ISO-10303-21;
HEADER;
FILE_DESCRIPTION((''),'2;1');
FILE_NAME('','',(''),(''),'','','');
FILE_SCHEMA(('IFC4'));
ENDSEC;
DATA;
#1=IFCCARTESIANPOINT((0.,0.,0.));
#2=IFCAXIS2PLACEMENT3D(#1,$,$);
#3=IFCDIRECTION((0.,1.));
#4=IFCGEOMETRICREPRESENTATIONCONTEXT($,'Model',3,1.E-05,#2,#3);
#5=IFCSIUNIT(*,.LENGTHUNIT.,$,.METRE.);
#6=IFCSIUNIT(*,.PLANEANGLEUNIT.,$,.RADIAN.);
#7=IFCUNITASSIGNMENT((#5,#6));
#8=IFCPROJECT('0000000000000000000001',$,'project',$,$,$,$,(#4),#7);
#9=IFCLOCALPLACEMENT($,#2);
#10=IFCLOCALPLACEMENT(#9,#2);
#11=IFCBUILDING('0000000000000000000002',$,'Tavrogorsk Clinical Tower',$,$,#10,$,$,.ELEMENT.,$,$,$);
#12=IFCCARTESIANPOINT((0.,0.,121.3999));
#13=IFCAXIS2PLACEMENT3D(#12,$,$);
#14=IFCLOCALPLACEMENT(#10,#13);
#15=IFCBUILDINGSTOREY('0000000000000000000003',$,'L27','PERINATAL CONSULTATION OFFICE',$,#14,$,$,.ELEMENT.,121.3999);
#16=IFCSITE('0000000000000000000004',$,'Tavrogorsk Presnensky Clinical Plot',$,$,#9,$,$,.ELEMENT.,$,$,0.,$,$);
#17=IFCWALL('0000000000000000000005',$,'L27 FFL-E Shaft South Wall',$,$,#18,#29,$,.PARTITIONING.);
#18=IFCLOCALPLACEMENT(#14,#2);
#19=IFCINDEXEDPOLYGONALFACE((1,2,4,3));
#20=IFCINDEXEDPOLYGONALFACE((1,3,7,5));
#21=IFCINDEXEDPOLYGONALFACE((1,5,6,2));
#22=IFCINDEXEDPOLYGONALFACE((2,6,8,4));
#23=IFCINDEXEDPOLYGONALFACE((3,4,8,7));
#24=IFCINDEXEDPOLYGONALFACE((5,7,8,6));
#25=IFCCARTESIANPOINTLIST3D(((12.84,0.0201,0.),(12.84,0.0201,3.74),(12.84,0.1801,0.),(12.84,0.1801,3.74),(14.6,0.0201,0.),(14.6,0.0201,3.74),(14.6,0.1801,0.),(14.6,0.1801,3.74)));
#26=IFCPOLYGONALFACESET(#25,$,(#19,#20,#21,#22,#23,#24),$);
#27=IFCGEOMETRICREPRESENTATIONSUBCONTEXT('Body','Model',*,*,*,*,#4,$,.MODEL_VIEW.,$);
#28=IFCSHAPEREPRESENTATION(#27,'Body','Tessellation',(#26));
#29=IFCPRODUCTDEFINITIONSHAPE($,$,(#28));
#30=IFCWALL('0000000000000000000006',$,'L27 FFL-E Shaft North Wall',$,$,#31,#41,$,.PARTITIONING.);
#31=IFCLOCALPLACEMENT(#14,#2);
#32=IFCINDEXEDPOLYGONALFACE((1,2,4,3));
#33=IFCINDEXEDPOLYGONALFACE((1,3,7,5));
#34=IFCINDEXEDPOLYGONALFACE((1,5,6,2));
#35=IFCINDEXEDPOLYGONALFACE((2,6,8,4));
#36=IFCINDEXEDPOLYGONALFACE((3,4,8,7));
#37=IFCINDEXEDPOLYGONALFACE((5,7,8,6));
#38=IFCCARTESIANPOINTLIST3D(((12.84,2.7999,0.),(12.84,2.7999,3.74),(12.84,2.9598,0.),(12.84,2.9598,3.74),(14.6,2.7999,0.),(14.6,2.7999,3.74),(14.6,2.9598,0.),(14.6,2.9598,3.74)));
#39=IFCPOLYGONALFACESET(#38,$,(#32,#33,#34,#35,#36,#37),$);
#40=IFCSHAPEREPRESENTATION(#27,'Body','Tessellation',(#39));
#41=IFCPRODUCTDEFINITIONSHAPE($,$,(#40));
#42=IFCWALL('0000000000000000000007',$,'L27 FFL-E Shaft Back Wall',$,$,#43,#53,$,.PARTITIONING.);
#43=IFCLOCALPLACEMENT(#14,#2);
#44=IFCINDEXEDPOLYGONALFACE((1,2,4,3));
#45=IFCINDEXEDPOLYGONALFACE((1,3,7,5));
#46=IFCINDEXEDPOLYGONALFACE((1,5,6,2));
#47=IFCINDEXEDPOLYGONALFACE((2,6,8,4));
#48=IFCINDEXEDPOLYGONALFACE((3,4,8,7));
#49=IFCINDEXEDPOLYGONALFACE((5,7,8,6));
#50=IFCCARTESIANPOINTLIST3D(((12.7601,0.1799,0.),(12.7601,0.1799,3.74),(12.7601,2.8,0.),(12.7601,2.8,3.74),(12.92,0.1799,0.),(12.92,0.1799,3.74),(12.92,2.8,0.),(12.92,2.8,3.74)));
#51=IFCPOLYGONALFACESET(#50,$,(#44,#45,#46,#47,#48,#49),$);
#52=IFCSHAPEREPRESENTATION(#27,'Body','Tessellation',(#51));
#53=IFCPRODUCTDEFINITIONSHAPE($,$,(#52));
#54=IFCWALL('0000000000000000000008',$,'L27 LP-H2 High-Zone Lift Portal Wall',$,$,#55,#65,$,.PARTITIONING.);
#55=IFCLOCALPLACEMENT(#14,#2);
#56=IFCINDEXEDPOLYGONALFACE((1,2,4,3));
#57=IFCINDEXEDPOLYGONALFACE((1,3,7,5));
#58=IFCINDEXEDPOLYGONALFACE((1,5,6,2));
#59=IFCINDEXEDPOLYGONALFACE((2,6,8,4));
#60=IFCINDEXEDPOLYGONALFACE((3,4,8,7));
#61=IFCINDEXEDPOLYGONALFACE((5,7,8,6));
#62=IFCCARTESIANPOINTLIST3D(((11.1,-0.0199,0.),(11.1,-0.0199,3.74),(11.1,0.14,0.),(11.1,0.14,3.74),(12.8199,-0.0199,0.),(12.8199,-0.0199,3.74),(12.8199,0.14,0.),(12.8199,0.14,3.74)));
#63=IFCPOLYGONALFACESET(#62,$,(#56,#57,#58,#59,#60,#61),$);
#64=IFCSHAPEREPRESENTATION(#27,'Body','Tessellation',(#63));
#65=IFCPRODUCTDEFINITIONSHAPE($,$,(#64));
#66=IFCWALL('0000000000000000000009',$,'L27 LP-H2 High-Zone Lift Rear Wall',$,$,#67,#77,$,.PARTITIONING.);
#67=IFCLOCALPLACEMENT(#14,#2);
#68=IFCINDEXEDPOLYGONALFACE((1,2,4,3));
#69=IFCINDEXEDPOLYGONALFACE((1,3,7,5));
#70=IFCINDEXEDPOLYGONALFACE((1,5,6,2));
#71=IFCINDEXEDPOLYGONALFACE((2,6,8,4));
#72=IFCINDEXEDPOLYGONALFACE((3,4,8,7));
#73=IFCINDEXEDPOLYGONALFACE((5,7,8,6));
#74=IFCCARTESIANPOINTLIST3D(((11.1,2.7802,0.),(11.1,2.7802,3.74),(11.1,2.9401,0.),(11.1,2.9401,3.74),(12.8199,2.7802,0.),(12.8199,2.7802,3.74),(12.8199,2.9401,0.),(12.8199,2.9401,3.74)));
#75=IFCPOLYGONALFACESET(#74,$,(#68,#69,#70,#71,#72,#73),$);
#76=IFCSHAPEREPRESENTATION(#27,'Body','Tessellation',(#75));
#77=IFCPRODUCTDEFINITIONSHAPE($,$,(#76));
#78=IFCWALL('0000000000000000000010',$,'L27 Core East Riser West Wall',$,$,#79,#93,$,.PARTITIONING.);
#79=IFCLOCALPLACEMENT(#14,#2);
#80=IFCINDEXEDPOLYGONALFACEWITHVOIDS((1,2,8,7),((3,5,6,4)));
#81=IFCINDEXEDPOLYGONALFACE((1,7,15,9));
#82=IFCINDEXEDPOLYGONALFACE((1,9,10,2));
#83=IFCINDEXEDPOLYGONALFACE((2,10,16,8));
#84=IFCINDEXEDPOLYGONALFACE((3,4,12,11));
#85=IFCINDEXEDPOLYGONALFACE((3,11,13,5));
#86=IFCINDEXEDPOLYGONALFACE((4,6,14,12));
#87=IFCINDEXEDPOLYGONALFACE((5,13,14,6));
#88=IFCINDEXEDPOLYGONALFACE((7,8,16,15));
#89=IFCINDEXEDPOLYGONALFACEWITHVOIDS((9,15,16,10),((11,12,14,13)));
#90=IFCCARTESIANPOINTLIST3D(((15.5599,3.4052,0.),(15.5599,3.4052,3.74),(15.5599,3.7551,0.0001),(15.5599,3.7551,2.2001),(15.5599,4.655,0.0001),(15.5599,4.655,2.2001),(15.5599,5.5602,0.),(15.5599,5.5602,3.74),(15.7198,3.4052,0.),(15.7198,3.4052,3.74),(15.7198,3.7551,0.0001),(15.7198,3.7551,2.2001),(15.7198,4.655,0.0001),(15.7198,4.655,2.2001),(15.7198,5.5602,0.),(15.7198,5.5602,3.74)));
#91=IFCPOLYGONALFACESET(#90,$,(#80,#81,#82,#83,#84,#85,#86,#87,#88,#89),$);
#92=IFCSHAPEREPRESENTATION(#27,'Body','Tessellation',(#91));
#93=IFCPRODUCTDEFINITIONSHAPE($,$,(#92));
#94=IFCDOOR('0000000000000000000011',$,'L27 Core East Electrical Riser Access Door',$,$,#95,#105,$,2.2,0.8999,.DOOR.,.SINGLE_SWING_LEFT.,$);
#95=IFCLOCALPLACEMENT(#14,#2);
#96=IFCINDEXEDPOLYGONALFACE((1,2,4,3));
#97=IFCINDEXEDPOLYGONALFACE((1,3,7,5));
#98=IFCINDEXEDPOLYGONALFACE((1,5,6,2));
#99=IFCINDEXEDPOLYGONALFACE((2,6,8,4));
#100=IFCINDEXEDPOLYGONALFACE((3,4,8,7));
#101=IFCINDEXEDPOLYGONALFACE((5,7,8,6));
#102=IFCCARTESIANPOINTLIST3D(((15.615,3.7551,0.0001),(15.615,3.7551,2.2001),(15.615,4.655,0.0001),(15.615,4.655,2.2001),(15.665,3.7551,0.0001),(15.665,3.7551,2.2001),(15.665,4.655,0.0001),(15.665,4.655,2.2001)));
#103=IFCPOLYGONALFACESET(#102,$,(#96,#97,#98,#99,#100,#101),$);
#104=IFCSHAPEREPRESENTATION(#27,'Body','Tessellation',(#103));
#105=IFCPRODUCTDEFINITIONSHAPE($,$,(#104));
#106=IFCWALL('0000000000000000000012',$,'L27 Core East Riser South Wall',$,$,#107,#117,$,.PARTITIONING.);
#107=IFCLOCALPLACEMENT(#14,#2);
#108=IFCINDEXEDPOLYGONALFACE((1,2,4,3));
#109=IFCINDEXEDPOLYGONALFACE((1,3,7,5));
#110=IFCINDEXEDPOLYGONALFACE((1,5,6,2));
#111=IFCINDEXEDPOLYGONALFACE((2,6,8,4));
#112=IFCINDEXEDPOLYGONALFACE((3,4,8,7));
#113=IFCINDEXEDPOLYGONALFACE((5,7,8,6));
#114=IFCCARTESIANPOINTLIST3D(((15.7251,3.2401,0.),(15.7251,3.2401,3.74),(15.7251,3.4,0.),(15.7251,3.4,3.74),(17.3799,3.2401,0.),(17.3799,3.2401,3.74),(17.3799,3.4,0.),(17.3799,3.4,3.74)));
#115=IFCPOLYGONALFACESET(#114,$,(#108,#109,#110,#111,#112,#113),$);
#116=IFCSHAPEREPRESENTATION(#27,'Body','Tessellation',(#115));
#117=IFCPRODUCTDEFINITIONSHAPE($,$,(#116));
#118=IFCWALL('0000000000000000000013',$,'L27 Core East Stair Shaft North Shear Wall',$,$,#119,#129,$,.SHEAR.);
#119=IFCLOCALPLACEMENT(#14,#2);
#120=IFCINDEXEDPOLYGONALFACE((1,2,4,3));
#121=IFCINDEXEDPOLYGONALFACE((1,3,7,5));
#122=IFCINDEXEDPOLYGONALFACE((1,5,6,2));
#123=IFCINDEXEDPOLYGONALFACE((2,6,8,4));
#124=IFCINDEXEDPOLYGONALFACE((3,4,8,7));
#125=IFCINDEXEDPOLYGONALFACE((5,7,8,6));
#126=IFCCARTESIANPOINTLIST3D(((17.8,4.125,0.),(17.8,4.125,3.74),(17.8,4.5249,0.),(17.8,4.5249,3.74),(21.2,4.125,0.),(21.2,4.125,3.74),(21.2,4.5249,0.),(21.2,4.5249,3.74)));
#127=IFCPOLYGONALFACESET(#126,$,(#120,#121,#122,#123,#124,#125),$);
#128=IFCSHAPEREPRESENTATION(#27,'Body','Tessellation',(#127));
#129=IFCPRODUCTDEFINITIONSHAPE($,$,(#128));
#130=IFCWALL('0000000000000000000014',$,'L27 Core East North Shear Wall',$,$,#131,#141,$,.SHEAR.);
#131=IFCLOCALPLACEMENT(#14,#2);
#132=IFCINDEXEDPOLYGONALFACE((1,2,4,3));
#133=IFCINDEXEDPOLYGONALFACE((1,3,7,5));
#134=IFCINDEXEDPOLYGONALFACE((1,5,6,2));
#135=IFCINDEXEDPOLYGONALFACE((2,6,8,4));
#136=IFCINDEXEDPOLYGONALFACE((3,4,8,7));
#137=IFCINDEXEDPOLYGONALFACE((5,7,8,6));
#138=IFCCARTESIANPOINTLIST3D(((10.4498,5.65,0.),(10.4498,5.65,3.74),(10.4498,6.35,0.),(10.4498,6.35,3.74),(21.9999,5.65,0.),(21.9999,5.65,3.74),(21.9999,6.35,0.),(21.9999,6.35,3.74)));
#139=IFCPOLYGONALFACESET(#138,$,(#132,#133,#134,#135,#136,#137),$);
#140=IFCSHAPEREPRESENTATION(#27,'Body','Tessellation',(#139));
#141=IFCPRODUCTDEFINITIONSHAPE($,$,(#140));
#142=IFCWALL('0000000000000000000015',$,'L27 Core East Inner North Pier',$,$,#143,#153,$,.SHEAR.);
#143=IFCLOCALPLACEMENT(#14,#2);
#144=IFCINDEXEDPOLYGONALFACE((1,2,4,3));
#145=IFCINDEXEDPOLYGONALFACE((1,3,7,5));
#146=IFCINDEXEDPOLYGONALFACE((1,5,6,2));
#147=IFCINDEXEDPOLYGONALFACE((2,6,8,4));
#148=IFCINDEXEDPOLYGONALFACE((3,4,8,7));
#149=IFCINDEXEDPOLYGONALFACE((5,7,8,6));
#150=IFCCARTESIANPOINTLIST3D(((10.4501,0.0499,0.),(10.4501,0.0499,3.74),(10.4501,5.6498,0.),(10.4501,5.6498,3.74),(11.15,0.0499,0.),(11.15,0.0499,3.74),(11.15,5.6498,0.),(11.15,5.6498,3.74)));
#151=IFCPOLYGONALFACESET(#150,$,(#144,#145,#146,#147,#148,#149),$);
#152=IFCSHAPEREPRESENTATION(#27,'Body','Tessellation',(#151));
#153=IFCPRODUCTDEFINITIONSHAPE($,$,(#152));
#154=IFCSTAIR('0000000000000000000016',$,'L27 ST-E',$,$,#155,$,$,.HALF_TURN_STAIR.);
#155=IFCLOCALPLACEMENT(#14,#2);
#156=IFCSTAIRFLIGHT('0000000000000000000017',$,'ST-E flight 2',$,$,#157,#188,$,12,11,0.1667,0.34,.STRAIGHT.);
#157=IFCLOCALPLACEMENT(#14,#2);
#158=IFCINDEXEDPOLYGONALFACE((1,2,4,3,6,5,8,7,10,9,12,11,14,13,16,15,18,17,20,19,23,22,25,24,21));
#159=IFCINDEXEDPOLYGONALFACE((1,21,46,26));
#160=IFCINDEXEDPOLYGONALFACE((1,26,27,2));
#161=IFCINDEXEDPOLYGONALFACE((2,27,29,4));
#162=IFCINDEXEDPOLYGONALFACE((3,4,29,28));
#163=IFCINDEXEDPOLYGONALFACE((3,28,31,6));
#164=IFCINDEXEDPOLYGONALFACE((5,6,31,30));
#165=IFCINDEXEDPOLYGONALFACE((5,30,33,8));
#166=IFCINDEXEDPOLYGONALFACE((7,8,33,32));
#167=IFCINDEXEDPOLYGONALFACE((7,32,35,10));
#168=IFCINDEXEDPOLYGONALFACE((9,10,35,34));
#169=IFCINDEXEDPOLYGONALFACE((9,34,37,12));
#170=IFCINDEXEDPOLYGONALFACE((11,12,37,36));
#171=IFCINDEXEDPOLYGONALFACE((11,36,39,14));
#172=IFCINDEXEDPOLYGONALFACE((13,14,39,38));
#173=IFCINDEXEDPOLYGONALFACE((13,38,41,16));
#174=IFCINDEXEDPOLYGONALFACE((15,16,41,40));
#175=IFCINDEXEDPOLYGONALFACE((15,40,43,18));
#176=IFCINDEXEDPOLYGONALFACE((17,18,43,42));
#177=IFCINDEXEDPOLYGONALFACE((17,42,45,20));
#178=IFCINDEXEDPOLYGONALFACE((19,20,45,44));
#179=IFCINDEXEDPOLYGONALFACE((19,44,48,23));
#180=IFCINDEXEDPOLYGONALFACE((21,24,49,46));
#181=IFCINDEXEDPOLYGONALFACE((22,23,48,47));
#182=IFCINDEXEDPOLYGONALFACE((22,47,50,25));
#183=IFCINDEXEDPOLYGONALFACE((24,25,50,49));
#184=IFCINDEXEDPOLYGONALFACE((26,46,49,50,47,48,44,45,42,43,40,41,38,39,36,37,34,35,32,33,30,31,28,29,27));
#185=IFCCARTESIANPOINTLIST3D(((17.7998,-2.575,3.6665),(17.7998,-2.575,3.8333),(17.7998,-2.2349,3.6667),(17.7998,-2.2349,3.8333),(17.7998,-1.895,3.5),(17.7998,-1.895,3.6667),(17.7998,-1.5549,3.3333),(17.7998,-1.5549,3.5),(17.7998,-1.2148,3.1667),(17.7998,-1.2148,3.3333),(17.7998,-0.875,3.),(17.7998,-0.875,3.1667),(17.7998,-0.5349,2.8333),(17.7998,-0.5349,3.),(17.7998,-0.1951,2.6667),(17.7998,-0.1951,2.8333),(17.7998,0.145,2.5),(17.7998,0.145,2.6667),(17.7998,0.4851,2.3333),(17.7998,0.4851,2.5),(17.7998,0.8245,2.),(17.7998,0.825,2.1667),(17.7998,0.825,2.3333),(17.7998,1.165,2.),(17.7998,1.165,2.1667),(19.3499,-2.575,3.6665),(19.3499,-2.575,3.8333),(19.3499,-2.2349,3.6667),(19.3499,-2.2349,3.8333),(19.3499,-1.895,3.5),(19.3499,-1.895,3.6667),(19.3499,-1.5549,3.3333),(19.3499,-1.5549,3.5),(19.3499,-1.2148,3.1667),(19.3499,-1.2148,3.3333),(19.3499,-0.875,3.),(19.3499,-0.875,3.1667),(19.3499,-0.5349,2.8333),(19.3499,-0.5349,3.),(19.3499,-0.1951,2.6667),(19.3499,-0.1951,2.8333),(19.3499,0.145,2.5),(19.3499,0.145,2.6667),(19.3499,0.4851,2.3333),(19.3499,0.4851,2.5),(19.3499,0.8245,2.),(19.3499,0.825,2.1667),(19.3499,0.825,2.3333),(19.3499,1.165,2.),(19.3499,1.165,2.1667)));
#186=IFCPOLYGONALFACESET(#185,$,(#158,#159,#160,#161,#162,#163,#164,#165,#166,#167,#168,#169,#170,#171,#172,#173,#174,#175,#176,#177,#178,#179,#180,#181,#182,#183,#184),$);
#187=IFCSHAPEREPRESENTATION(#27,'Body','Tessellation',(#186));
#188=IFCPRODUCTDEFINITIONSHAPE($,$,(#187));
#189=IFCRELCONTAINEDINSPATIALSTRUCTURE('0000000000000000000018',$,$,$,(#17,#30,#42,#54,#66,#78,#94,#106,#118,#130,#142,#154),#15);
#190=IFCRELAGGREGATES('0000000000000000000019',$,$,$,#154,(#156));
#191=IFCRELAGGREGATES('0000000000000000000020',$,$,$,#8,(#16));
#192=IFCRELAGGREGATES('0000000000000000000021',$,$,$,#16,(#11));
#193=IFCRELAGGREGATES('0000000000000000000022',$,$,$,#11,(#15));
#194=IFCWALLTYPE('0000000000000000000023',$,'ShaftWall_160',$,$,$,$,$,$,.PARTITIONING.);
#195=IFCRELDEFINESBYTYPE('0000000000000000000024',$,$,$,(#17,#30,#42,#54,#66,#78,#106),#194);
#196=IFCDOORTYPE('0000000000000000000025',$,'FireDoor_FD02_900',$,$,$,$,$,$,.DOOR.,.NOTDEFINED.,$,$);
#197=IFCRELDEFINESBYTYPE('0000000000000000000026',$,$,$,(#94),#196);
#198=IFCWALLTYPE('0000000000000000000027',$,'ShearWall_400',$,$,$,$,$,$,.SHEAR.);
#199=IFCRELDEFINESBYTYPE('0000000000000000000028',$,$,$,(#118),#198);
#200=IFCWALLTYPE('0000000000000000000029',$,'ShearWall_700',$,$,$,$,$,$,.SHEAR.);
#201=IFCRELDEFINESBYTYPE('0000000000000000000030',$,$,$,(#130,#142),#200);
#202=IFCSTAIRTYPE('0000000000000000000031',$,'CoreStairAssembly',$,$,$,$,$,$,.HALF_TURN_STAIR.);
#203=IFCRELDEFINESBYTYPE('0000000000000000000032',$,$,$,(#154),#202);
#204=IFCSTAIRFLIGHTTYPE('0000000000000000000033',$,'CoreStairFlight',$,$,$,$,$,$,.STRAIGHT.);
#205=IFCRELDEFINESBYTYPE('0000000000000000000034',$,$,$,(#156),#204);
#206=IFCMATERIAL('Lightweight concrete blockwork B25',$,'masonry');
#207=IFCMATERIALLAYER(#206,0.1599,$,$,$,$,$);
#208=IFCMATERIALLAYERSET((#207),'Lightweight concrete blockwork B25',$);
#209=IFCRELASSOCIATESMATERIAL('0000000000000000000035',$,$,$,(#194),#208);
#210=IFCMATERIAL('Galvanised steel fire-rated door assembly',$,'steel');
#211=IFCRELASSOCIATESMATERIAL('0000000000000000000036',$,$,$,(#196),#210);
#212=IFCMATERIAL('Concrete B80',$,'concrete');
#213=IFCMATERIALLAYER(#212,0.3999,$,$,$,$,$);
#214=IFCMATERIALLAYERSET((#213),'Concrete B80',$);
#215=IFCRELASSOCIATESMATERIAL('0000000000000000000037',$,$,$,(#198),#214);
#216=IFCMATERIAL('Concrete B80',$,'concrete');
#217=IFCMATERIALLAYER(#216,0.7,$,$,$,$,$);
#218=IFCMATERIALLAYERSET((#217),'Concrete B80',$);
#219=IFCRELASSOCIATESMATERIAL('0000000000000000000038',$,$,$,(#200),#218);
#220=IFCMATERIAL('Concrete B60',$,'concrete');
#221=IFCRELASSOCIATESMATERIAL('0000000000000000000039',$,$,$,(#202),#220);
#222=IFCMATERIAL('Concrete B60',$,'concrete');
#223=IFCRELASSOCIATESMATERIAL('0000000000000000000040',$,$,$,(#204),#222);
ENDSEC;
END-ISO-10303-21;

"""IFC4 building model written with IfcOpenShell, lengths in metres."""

from ifc_helpers import new_model, si_unit, direction, frame, frame_2d, origin, place, context, subcontext, project, spatial, polyline, rectangle, outline, extrude, material, layer, layer_set, type_object, element, fill, aggregate, save


model = new_model("IFC4")

# Units and contexts
model_context = context("Model", 3, precision=1e-05, world=origin(), true_north=direction((0.0, 1.0)))
body_context = subcontext(model_context, "Body", "Model", "MODEL_VIEW")
ifc_project = project(units=[si_unit("LENGTHUNIT", "METRE"), si_unit("PLANEANGLEUNIT", "RADIAN")], contexts=[model_context])

# Site, building, storey
site_placement = place(None, origin())
site = spatial("IfcSite", under=ifc_project, at=site_placement, Name="Tavrogorsk Presnensky Clinical Plot", CompositionType="ELEMENT", RefElevation=0.0)
building_placement = place(site_placement, origin())
building = spatial("IfcBuilding", under=site, at=building_placement, Name="Tavrogorsk Clinical Tower", CompositionType="ELEMENT")
storey_placement = place(building_placement, frame((0.0, 0.0, 121.3999)))
storey = spatial("IfcBuildingStorey", under=building, at=storey_placement, Name="L27", Description="PERINATAL CONSULTATION OFFICE", CompositionType="ELEMENT", Elevation=121.3999)

# Shared definitions
ifc_material_1 = material(Name="Lightweight concrete blockwork B25", Category="masonry")
ifc_layer_1 = layer(ifc_material_1, 0.1599)
ifc_layer_set_1 = layer_set([ifc_layer_1], Name="Lightweight concrete blockwork B25")
wall_type_1 = type_object("IfcWallType", Name="ShaftWall_160", PredefinedType="PARTITIONING", material=ifc_layer_set_1)

# Walls
for number, where, z_axis, x_axis, name in (
    (1, (12.8401, 0.1001, 0.0), (0.0, 0.0, 1.0), (1.0, 0.0, 0.0), "L27 FFL-E Shaft South Wall"),
    (2, (12.8401, 2.8799, 0.0), (0.0, 0.0, 1.0), (1.0, 0.0, 0.0), "L27 FFL-E Shaft North Wall"),
):
    element("IfcWall", number, at=place(storey_placement, frame(where, z_axis=z_axis, x_axis=x_axis)), inside=storey, type_object=wall_type_1, Name=name, PredefinedType="PARTITIONING", context=body_context, shape_type="SweptSolid", body=[
        extrude(rectangle(XDim=1.76, YDim=0.1599, at=frame_2d((0.8799, 0.0))), origin(), (0.0, 0.0, 1.0), 3.74),
    ])
wall_1_placement = place(storey_placement, frame((12.8401, 0.1799, 0.0), z_axis=(0.0, 0.0, 1.0), x_axis=(0.0, 1.0, 0.0)))
element("IfcWall", 3, at=wall_1_placement, inside=storey, type_object=wall_type_1, Name="L27 FFL-E Shaft Back Wall", PredefinedType="PARTITIONING", context=body_context, shape_type="SweptSolid", body=[
    extrude(rectangle(XDim=2.6201, YDim=0.1599, at=frame_2d((1.3101, 0.0))), origin(), (0.0, 0.0, 1.0), 3.74),
])
for number, where, z_axis, x_axis, name in (
    (4, (11.1001, 0.0601, 0.0), (0.0, 0.0, 1.0), (1.0, 0.0, 0.0), "L27 LP-H2 High-Zone Lift Portal Wall"),
    (5, (11.1001, 2.8601, 0.0), (0.0, 0.0, 1.0), (1.0, 0.0, 0.0), "L27 LP-H2 High-Zone Lift Rear Wall"),
):
    element("IfcWall", number, at=place(storey_placement, frame(where, z_axis=z_axis, x_axis=x_axis)), inside=storey, type_object=wall_type_1, Name=name, PredefinedType="PARTITIONING", context=body_context, shape_type="SweptSolid", body=[
        extrude(rectangle(XDim=1.72, YDim=0.1599, at=frame_2d((0.8599, 0.0))), origin(), (0.0, 0.0, 1.0), 3.74),
    ])

# Wall, opening, door
wall_2_placement = place(storey_placement, frame((15.6399, 3.405, 0.0), z_axis=(0.0, 0.0, 1.0), x_axis=(0.0, 1.0, 0.0)))
wall_2 = element("IfcWall", 6, at=wall_2_placement, inside=storey, type_object=wall_type_1, Name="L27 Core East Riser West Wall", PredefinedType="PARTITIONING", context=body_context, shape_type="SweptSolid", body=[
    extrude(rectangle(XDim=2.155, YDim=0.1599, at=frame_2d((1.0776, 0.0))), origin(), (0.0, 0.0, 1.0), 3.74),
])
opening_1_placement = place(wall_2_placement, frame((0.3501, 0.0, 0.0)))
opening_1 = element("IfcOpeningElement", 7, at=opening_1_placement, cuts=wall_2, PredefinedType="OPENING", context=body_context, shape_type="SweptSolid", body=[
    extrude(rectangle(XDim=0.8999, YDim=2.2, at=frame_2d((0.45, 1.1001))), frame((0.0, 0.0898, 0.0), z_axis=(0.0, -1.0, 0.0), x_axis=(1.0, 0.0, 0.0)), (0.0, 0.0, 1.0), 0.1799),
])
ifc_material_2 = material(Name="Galvanised steel fire-rated door assembly", Category="steel")
door_type_1 = type_object("IfcDoorType", Name="FireDoor_FD02_900", OperationType="NOTDEFINED", PredefinedType="DOOR", material=ifc_material_2)
door_1_placement = place(opening_1_placement, origin())
door_1 = element("IfcDoor", 8, at=door_1_placement, inside=storey, type_object=door_type_1, Name="L27 Core East Electrical Riser Access Door", OperationType="SINGLE_SWING_LEFT", OverallHeight=2.2, OverallWidth=0.8999, PredefinedType="DOOR", context=body_context, shape_type="SweptSolid", body=[
    extrude(rectangle(XDim=0.8999, YDim=2.2, at=frame_2d((0.45, 1.1001))), frame((0.0, 0.0249, 0.0), z_axis=(0.0, -1.0, 0.0), x_axis=(1.0, 0.0, 0.0)), (0.0, 0.0, 1.0), 0.05),
])
fill(opening_1, door_1)

# Walls
wall_3_placement = place(storey_placement, frame((15.7251, 3.3201, 0.0), z_axis=(0.0, 0.0, 1.0), x_axis=(1.0, 0.0, 0.0)))
element("IfcWall", 9, at=wall_3_placement, inside=storey, type_object=wall_type_1, Name="L27 Core East Riser South Wall", PredefinedType="PARTITIONING", context=body_context, shape_type="SweptSolid", body=[
    extrude(rectangle(XDim=1.6548, YDim=0.1599, at=frame_2d((0.8274, 0.0))), origin(), (0.0, 0.0, 1.0), 3.74),
])
ifc_material_3 = material(Name="Concrete B80", Category="concrete")
ifc_layer_2 = layer(ifc_material_3, 0.3999)
ifc_layer_set_2 = layer_set([ifc_layer_2], Name="Concrete B80")
wall_type_2 = type_object("IfcWallType", Name="ShearWall_400", PredefinedType="SHEAR", material=ifc_layer_set_2)
wall_4_placement = place(storey_placement, frame((17.8, 4.325, 0.0), z_axis=(0.0, 0.0, 1.0), x_axis=(1.0, 0.0, 0.0)))
element("IfcWall", 10, at=wall_4_placement, inside=storey, type_object=wall_type_2, Name="L27 Core East Stair Shaft North Shear Wall", PredefinedType="SHEAR", context=body_context, shape_type="SweptSolid", body=[
    extrude(rectangle(XDim=3.3999, YDim=0.3999, at=frame_2d((1.7, 0.0))), origin(), (0.0, 0.0, 1.0), 3.74),
])
ifc_material_4 = material(Name="Concrete B80", Category="concrete")
ifc_layer_3 = layer(ifc_material_4, 0.7)
ifc_layer_set_3 = layer_set([ifc_layer_3], Name="Concrete B80")
wall_type_3 = type_object("IfcWallType", Name="ShearWall_700", PredefinedType="SHEAR", material=ifc_layer_set_3)
wall_5_placement = place(storey_placement, frame((10.45, 6.0, 0.0), z_axis=(0.0, 0.0, 1.0), x_axis=(1.0, 0.0, 0.0)))
element("IfcWall", 11, at=wall_5_placement, inside=storey, type_object=wall_type_3, Name="L27 Core East North Shear Wall", PredefinedType="SHEAR", context=body_context, shape_type="SweptSolid", body=[
    extrude(rectangle(XDim=11.55, YDim=0.7, at=frame_2d((5.7749, 0.0))), origin(), (0.0, 0.0, 1.0), 3.74),
])
wall_6_placement = place(storey_placement, frame((10.8, 0.05, 0.0), z_axis=(0.0, 0.0, 1.0), x_axis=(0.0, 1.0, 0.0)))
element("IfcWall", 12, at=wall_6_placement, inside=storey, type_object=wall_type_3, Name="L27 Core East Inner North Pier", PredefinedType="SHEAR", context=body_context, shape_type="SweptSolid", body=[
    extrude(rectangle(XDim=5.5999, YDim=0.7, at=frame_2d((2.7998, 0.0))), origin(), (0.0, 0.0, 1.0), 3.74),
])

# Stair, stair flight
ifc_material_5 = material(Name="Concrete B60", Category="concrete")
stair_type = type_object("IfcStairType", Name="CoreStairAssembly", PredefinedType="HALF_TURN_STAIR", material=ifc_material_5)
stair_placement = place(storey_placement, origin())
stair = element("IfcStair", 13, at=stair_placement, inside=storey, type_object=stair_type, Name="L27 ST-E", PredefinedType="HALF_TURN_STAIR")
ifc_material_6 = material(Name="Concrete B60", Category="concrete")
stair_flight_type = type_object("IfcStairFlightType", Name="CoreStairFlight", PredefinedType="STRAIGHT", material=ifc_material_6)
stair_flight_placement = place(storey_placement, frame((18.575, 1.165, 2.0), z_axis=(0.0, 0.0, 1.0), x_axis=(0.0, -1.0, 0.0)))
stair_flight = element("IfcStairFlight", 14, at=stair_flight_placement, type_object=stair_flight_type, Name="ST-E flight 2", NumberOfRisers=12, NumberOfTreads=11, PredefinedType="STRAIGHT", RiserHeight=0.1667, TreadLength=0.34, context=body_context, shape_type="SweptSolid", body=[
    extrude(outline(polyline([(0.0, 0.0), (0.0, 0.1667), (0.3401, 0.1667), (0.3401, 0.3333), (0.6799, 0.3333), (0.6799, 0.5), (1.02, 0.5), (1.02, 0.6667), (1.3601, 0.6667), (1.3601, 0.8333), (1.7, 0.8333), (1.7, 1.0), (2.04, 1.0), (2.04, 1.1667), (2.3799, 1.1667), (2.3799, 1.3333), (2.72, 1.3333), (2.72, 1.5), (3.0601, 1.5), (3.0601, 1.6667), (3.3999, 1.6667), (3.3999, 1.8333), (3.74, 1.8333), (3.74, 2.0), (3.74, 1.6665), (0.3406, 0.0), (0.0, 0.0)])), frame((0.0, 0.7749, 0.0), z_axis=(0.0, -1.0, 0.0), x_axis=(1.0, 0.0, 0.0)), (0.0, 0.0, 1.0), 1.55),
])
aggregate(stair, [stair_flight])

save(model, "model.ifc")
